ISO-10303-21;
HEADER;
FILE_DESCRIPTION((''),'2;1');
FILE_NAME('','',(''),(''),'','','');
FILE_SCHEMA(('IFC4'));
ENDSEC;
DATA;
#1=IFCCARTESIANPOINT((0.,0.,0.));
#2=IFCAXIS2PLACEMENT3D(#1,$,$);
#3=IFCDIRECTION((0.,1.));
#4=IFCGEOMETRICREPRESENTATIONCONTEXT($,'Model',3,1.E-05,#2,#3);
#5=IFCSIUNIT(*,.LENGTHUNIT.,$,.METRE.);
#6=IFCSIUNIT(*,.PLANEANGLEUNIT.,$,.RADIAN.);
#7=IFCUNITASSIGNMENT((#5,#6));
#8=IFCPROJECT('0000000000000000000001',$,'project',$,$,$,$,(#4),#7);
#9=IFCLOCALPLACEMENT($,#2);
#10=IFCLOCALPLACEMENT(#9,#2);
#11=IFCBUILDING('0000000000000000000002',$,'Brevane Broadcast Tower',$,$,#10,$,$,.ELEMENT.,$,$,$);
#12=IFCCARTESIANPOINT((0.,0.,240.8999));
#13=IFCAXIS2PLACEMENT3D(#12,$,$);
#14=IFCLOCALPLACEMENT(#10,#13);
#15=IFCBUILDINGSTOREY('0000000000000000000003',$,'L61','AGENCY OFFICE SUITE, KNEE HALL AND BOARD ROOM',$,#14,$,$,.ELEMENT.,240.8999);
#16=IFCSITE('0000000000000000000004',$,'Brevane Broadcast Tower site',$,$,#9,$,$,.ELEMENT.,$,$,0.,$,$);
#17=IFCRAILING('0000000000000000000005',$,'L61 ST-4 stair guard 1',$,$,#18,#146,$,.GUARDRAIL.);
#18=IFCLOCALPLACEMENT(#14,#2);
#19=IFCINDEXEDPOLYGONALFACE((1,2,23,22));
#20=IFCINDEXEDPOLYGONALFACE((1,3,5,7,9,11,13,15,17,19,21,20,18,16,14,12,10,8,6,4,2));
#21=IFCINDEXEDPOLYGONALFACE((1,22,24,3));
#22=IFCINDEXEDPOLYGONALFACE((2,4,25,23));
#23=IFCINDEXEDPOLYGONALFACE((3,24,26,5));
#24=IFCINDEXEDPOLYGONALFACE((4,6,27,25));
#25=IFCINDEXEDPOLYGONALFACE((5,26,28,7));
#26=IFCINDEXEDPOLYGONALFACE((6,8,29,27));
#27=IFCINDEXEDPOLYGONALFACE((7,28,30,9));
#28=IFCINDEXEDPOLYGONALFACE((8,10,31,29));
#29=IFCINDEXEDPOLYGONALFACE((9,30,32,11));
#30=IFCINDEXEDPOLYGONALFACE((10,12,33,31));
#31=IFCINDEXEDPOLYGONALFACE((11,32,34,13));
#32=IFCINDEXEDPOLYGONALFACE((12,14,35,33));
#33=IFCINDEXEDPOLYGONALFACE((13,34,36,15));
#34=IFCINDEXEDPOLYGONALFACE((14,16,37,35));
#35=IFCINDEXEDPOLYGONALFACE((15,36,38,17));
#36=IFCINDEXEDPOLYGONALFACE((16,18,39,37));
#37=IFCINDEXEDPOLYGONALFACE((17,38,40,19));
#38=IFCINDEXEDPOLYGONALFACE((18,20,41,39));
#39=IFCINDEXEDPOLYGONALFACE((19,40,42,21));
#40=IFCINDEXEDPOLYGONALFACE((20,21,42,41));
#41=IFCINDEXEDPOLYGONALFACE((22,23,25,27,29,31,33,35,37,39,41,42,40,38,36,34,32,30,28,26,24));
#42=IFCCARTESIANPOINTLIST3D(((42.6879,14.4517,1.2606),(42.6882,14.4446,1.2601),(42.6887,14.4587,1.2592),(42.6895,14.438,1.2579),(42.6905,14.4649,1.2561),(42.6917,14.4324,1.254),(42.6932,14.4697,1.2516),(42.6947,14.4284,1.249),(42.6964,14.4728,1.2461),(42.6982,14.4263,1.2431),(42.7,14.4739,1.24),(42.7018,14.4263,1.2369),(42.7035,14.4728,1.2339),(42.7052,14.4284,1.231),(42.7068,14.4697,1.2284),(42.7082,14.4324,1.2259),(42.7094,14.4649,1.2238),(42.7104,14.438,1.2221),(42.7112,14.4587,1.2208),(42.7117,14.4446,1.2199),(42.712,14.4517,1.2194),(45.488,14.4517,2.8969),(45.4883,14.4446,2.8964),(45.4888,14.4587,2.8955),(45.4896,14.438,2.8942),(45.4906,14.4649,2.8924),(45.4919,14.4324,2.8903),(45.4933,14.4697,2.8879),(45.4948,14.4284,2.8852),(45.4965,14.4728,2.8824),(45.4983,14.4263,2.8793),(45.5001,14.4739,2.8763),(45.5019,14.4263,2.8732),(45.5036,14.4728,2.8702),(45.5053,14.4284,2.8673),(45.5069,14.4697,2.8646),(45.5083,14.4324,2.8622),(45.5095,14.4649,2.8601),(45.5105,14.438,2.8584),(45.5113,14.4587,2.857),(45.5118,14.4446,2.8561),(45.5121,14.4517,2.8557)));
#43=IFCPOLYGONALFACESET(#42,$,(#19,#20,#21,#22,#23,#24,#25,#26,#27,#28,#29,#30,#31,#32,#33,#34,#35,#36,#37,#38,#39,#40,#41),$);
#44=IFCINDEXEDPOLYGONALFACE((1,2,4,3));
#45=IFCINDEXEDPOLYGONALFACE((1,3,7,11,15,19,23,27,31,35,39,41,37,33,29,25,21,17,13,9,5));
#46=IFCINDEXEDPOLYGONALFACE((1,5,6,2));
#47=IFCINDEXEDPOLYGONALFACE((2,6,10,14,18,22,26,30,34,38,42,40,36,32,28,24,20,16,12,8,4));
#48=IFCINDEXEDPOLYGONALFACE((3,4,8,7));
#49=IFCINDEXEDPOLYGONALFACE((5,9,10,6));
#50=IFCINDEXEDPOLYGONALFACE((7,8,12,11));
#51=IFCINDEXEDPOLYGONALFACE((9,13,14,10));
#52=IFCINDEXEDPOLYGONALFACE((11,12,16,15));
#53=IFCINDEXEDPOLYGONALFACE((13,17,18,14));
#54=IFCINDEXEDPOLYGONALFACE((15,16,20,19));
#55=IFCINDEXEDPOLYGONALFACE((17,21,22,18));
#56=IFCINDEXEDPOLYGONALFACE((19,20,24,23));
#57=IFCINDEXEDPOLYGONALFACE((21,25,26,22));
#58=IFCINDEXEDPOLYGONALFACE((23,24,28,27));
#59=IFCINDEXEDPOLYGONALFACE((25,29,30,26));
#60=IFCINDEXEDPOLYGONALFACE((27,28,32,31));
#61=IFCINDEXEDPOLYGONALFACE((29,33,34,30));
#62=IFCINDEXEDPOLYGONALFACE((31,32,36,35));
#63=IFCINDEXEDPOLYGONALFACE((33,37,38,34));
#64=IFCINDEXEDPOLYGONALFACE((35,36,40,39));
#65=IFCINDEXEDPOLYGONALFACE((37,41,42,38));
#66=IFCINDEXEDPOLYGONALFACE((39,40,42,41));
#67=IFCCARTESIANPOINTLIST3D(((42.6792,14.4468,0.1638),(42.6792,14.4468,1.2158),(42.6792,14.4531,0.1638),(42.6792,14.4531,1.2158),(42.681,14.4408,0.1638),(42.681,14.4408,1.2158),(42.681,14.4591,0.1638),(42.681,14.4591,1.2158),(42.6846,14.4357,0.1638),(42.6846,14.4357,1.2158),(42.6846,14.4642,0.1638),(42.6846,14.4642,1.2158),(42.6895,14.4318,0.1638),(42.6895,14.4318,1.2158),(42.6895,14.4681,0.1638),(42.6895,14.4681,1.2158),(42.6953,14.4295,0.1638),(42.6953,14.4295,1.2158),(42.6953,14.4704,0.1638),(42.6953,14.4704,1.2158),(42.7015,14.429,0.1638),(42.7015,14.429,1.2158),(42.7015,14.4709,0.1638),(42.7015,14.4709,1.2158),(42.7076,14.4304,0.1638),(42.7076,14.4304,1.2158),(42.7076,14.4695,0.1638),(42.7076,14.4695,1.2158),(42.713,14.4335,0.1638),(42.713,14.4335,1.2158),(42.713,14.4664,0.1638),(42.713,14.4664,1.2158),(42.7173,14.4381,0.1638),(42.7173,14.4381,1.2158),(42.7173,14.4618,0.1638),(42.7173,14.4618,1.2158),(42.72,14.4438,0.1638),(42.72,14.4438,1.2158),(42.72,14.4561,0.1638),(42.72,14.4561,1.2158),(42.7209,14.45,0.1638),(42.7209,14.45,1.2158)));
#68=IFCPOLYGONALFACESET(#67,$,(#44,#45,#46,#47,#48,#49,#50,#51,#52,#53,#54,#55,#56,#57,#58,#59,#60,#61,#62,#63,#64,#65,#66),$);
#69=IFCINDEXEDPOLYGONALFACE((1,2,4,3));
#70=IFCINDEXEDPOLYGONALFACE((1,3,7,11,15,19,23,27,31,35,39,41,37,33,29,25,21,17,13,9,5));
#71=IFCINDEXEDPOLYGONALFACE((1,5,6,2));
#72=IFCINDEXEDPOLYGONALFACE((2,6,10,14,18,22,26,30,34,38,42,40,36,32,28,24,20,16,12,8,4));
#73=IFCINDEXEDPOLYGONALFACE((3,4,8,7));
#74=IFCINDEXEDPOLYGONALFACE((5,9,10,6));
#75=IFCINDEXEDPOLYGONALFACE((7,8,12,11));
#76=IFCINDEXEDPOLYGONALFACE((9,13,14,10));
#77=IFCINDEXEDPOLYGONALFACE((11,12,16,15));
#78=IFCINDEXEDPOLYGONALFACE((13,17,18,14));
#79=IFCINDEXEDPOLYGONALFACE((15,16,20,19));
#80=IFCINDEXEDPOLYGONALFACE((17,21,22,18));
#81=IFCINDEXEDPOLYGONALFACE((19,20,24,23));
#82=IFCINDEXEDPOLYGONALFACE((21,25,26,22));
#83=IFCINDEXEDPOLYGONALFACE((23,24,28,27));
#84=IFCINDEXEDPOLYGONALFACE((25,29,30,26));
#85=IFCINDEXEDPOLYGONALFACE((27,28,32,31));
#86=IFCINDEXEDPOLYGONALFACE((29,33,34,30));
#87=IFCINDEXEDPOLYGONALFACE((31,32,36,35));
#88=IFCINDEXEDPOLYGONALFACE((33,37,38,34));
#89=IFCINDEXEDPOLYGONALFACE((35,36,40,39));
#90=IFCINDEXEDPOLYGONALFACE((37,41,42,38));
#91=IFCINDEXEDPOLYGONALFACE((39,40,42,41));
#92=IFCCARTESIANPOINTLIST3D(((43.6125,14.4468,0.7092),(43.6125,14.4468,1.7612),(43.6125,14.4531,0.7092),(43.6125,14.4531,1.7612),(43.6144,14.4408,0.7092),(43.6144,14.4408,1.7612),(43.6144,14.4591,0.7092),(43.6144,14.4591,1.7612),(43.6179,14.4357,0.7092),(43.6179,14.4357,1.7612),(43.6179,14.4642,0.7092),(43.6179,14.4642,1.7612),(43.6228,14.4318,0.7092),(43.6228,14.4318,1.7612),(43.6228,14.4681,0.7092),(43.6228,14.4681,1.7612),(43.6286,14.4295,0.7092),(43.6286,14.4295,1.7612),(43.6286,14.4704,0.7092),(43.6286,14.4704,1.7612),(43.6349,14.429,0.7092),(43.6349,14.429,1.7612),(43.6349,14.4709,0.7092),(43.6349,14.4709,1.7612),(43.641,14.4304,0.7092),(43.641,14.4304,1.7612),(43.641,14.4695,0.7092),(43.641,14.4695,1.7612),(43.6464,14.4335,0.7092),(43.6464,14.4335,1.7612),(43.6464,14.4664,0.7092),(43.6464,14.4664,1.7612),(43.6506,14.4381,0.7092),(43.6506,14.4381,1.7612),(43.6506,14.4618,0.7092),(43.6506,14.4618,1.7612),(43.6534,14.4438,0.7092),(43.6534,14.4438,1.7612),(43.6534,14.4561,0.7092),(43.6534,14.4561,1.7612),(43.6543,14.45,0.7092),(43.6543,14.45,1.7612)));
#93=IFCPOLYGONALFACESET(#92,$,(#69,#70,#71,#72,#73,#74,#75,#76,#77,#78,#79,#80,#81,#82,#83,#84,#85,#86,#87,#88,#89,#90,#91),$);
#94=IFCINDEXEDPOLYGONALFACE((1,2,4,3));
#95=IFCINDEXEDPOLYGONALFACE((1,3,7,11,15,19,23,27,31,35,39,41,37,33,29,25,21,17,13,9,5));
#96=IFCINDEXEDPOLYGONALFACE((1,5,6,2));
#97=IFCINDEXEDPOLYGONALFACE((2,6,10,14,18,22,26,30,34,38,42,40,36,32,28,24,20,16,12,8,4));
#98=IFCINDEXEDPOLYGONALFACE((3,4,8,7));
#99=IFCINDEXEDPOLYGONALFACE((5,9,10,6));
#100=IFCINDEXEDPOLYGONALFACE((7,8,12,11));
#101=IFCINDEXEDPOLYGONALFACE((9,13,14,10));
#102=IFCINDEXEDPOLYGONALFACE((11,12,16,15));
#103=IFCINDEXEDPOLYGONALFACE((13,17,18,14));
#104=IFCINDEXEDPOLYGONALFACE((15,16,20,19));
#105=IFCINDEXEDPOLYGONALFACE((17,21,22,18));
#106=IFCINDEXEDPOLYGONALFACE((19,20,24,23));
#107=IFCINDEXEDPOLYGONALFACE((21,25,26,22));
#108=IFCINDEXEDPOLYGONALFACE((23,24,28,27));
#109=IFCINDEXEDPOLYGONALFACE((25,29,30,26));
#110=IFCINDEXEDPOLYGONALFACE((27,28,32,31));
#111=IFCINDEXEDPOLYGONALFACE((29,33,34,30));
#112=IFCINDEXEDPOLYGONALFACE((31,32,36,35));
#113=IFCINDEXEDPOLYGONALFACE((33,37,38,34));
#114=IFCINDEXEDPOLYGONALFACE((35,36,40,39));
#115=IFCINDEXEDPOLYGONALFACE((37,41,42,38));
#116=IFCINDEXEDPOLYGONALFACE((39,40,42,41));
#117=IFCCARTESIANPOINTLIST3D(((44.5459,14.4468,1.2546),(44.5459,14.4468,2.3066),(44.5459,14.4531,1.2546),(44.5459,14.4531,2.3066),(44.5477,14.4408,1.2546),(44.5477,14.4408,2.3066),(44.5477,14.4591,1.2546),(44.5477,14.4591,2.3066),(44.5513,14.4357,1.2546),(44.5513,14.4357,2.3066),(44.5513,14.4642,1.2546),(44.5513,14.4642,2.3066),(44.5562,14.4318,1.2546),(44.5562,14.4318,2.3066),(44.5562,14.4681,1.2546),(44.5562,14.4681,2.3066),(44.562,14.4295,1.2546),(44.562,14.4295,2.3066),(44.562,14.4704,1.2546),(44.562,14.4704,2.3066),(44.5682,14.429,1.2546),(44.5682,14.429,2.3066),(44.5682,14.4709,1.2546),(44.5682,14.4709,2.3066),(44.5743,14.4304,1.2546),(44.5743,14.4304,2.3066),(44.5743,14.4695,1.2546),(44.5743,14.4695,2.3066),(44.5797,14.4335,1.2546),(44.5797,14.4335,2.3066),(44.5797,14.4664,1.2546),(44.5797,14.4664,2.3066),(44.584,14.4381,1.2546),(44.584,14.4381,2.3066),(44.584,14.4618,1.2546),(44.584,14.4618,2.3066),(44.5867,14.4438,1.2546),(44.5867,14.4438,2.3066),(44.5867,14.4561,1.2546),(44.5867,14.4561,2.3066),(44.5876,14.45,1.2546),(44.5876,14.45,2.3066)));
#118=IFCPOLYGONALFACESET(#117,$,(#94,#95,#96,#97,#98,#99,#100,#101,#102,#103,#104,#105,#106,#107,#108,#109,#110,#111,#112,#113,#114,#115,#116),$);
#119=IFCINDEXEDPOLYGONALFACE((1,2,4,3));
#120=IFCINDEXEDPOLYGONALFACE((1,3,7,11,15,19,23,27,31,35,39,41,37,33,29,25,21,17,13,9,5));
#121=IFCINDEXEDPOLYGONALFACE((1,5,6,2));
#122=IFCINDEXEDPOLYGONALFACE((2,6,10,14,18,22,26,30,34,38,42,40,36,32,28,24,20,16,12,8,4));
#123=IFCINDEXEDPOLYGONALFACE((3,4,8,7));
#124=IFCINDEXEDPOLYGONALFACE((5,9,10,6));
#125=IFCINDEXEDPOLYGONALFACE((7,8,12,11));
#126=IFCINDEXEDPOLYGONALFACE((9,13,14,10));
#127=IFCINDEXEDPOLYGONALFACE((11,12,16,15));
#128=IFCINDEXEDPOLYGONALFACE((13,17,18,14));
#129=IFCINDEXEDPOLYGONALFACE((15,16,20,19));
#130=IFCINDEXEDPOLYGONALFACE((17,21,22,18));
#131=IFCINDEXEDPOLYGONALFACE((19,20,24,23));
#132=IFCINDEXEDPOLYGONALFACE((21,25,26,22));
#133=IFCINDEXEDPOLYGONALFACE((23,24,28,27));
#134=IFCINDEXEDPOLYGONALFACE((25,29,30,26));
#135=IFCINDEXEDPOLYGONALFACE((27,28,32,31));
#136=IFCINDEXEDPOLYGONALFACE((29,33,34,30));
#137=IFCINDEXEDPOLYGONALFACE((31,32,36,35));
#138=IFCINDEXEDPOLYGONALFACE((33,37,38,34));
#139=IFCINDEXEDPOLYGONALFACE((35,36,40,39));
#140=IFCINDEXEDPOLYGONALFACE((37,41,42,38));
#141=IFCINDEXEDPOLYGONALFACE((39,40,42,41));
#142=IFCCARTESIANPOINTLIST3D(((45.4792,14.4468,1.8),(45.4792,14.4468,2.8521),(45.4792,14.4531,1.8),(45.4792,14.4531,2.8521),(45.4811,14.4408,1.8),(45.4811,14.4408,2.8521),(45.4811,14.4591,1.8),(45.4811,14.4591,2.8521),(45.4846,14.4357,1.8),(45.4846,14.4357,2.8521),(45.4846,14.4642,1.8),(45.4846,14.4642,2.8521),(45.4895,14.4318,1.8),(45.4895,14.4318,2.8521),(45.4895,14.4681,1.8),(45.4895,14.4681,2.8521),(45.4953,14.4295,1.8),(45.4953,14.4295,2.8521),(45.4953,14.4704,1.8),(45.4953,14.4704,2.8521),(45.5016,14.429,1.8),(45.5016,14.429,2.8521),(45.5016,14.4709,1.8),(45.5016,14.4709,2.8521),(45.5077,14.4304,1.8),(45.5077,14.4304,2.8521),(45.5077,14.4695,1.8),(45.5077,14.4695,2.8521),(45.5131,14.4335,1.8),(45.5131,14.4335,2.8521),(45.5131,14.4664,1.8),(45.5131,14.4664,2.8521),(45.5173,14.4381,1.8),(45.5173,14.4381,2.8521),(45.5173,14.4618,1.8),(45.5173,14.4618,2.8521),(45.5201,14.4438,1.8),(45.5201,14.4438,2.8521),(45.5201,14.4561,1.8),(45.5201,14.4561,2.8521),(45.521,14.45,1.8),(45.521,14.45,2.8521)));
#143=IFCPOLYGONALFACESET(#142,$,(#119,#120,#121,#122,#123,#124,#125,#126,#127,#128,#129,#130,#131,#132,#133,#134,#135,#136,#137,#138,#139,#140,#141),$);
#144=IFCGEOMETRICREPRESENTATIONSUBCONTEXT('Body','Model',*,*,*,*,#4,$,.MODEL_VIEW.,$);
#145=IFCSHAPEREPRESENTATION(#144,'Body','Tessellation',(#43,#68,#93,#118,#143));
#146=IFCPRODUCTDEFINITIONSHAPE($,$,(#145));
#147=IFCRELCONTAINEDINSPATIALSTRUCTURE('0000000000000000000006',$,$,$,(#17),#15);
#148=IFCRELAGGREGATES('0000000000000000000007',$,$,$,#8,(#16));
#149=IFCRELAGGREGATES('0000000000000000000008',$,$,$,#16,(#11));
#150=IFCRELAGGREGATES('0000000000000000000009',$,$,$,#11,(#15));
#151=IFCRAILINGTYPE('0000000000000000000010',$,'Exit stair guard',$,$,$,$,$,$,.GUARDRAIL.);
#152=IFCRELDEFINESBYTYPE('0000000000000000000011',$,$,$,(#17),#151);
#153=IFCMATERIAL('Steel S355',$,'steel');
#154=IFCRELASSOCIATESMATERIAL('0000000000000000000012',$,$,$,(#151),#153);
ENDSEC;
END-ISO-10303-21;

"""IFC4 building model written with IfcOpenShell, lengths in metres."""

from ifc_helpers import new_model, si_unit, direction, frame, origin, origin_2d, place, context, subcontext, project, spatial, circle, extrude, material, type_object, element, save


model = new_model("IFC4")

# Units and contexts
model_context = context("Model", 3, precision=1e-05, world=origin(), true_north=direction((0.0, 1.0)))
body_context = subcontext(model_context, "Body", "Model", "MODEL_VIEW")
ifc_project = project(units=[si_unit("LENGTHUNIT", "METRE"), si_unit("PLANEANGLEUNIT", "RADIAN")], contexts=[model_context])

# Site, building, storey
site_placement = place(None, origin())
site = spatial("IfcSite", under=ifc_project, at=site_placement, Name="Brevane Broadcast Tower site", CompositionType="ELEMENT", RefElevation=0.0)
building_placement = place(site_placement, origin())
building = spatial("IfcBuilding", under=site, at=building_placement, Name="Brevane Broadcast Tower", CompositionType="ELEMENT")
storey_placement = place(building_placement, frame((0.0, 0.0, 240.8999)))
storey = spatial("IfcBuildingStorey", under=building, at=storey_placement, Name="L61", Description="AGENCY OFFICE SUITE, KNEE HALL AND BOARD ROOM", CompositionType="ELEMENT", Elevation=240.8999)

# Railing
ifc_material_1 = material(Name="Steel S355", Category="steel")
railing_type_1 = type_object("IfcRailingType", Name="Exit stair guard", PredefinedType="GUARDRAIL", material=ifc_material_1)
railing_1_placement = place(storey_placement, frame((42.7, 14.45, 0.1638)))
element("IfcRailing", 1, at=railing_1_placement, inside=storey, type_object=railing_type_1, Name="L61 ST-4 stair guard 1", PredefinedType="GUARDRAIL", context=body_context, shape_type="SweptSolid", body=[
    extrude(circle(Radius=0.0239, at=origin_2d()), frame((0.0, 0.0, 1.0762), z_axis=(0.863394, 0.0, 0.504531), x_axis=(0.0, 1.0, 0.0)), (0.0, 0.0, 1.0), 3.2432),
    extrude(circle(Radius=0.021, at=origin_2d()), origin(), (0.0, 0.0, 1.0), 1.052),
    extrude(circle(Radius=0.021, at=origin_2d()), frame((0.9333, 0.0, 0.5454)), (0.0, 0.0, 1.0), 1.052),
    extrude(circle(Radius=0.021, at=origin_2d()), frame((1.8667, 0.0, 1.0908)), (0.0, 0.0, 1.0), 1.052),
    extrude(circle(Radius=0.021, at=origin_2d()), frame((2.8, 0.0, 1.6362)), (0.0, 0.0, 1.0), 1.052),
])

save(model, "model.ifc")
